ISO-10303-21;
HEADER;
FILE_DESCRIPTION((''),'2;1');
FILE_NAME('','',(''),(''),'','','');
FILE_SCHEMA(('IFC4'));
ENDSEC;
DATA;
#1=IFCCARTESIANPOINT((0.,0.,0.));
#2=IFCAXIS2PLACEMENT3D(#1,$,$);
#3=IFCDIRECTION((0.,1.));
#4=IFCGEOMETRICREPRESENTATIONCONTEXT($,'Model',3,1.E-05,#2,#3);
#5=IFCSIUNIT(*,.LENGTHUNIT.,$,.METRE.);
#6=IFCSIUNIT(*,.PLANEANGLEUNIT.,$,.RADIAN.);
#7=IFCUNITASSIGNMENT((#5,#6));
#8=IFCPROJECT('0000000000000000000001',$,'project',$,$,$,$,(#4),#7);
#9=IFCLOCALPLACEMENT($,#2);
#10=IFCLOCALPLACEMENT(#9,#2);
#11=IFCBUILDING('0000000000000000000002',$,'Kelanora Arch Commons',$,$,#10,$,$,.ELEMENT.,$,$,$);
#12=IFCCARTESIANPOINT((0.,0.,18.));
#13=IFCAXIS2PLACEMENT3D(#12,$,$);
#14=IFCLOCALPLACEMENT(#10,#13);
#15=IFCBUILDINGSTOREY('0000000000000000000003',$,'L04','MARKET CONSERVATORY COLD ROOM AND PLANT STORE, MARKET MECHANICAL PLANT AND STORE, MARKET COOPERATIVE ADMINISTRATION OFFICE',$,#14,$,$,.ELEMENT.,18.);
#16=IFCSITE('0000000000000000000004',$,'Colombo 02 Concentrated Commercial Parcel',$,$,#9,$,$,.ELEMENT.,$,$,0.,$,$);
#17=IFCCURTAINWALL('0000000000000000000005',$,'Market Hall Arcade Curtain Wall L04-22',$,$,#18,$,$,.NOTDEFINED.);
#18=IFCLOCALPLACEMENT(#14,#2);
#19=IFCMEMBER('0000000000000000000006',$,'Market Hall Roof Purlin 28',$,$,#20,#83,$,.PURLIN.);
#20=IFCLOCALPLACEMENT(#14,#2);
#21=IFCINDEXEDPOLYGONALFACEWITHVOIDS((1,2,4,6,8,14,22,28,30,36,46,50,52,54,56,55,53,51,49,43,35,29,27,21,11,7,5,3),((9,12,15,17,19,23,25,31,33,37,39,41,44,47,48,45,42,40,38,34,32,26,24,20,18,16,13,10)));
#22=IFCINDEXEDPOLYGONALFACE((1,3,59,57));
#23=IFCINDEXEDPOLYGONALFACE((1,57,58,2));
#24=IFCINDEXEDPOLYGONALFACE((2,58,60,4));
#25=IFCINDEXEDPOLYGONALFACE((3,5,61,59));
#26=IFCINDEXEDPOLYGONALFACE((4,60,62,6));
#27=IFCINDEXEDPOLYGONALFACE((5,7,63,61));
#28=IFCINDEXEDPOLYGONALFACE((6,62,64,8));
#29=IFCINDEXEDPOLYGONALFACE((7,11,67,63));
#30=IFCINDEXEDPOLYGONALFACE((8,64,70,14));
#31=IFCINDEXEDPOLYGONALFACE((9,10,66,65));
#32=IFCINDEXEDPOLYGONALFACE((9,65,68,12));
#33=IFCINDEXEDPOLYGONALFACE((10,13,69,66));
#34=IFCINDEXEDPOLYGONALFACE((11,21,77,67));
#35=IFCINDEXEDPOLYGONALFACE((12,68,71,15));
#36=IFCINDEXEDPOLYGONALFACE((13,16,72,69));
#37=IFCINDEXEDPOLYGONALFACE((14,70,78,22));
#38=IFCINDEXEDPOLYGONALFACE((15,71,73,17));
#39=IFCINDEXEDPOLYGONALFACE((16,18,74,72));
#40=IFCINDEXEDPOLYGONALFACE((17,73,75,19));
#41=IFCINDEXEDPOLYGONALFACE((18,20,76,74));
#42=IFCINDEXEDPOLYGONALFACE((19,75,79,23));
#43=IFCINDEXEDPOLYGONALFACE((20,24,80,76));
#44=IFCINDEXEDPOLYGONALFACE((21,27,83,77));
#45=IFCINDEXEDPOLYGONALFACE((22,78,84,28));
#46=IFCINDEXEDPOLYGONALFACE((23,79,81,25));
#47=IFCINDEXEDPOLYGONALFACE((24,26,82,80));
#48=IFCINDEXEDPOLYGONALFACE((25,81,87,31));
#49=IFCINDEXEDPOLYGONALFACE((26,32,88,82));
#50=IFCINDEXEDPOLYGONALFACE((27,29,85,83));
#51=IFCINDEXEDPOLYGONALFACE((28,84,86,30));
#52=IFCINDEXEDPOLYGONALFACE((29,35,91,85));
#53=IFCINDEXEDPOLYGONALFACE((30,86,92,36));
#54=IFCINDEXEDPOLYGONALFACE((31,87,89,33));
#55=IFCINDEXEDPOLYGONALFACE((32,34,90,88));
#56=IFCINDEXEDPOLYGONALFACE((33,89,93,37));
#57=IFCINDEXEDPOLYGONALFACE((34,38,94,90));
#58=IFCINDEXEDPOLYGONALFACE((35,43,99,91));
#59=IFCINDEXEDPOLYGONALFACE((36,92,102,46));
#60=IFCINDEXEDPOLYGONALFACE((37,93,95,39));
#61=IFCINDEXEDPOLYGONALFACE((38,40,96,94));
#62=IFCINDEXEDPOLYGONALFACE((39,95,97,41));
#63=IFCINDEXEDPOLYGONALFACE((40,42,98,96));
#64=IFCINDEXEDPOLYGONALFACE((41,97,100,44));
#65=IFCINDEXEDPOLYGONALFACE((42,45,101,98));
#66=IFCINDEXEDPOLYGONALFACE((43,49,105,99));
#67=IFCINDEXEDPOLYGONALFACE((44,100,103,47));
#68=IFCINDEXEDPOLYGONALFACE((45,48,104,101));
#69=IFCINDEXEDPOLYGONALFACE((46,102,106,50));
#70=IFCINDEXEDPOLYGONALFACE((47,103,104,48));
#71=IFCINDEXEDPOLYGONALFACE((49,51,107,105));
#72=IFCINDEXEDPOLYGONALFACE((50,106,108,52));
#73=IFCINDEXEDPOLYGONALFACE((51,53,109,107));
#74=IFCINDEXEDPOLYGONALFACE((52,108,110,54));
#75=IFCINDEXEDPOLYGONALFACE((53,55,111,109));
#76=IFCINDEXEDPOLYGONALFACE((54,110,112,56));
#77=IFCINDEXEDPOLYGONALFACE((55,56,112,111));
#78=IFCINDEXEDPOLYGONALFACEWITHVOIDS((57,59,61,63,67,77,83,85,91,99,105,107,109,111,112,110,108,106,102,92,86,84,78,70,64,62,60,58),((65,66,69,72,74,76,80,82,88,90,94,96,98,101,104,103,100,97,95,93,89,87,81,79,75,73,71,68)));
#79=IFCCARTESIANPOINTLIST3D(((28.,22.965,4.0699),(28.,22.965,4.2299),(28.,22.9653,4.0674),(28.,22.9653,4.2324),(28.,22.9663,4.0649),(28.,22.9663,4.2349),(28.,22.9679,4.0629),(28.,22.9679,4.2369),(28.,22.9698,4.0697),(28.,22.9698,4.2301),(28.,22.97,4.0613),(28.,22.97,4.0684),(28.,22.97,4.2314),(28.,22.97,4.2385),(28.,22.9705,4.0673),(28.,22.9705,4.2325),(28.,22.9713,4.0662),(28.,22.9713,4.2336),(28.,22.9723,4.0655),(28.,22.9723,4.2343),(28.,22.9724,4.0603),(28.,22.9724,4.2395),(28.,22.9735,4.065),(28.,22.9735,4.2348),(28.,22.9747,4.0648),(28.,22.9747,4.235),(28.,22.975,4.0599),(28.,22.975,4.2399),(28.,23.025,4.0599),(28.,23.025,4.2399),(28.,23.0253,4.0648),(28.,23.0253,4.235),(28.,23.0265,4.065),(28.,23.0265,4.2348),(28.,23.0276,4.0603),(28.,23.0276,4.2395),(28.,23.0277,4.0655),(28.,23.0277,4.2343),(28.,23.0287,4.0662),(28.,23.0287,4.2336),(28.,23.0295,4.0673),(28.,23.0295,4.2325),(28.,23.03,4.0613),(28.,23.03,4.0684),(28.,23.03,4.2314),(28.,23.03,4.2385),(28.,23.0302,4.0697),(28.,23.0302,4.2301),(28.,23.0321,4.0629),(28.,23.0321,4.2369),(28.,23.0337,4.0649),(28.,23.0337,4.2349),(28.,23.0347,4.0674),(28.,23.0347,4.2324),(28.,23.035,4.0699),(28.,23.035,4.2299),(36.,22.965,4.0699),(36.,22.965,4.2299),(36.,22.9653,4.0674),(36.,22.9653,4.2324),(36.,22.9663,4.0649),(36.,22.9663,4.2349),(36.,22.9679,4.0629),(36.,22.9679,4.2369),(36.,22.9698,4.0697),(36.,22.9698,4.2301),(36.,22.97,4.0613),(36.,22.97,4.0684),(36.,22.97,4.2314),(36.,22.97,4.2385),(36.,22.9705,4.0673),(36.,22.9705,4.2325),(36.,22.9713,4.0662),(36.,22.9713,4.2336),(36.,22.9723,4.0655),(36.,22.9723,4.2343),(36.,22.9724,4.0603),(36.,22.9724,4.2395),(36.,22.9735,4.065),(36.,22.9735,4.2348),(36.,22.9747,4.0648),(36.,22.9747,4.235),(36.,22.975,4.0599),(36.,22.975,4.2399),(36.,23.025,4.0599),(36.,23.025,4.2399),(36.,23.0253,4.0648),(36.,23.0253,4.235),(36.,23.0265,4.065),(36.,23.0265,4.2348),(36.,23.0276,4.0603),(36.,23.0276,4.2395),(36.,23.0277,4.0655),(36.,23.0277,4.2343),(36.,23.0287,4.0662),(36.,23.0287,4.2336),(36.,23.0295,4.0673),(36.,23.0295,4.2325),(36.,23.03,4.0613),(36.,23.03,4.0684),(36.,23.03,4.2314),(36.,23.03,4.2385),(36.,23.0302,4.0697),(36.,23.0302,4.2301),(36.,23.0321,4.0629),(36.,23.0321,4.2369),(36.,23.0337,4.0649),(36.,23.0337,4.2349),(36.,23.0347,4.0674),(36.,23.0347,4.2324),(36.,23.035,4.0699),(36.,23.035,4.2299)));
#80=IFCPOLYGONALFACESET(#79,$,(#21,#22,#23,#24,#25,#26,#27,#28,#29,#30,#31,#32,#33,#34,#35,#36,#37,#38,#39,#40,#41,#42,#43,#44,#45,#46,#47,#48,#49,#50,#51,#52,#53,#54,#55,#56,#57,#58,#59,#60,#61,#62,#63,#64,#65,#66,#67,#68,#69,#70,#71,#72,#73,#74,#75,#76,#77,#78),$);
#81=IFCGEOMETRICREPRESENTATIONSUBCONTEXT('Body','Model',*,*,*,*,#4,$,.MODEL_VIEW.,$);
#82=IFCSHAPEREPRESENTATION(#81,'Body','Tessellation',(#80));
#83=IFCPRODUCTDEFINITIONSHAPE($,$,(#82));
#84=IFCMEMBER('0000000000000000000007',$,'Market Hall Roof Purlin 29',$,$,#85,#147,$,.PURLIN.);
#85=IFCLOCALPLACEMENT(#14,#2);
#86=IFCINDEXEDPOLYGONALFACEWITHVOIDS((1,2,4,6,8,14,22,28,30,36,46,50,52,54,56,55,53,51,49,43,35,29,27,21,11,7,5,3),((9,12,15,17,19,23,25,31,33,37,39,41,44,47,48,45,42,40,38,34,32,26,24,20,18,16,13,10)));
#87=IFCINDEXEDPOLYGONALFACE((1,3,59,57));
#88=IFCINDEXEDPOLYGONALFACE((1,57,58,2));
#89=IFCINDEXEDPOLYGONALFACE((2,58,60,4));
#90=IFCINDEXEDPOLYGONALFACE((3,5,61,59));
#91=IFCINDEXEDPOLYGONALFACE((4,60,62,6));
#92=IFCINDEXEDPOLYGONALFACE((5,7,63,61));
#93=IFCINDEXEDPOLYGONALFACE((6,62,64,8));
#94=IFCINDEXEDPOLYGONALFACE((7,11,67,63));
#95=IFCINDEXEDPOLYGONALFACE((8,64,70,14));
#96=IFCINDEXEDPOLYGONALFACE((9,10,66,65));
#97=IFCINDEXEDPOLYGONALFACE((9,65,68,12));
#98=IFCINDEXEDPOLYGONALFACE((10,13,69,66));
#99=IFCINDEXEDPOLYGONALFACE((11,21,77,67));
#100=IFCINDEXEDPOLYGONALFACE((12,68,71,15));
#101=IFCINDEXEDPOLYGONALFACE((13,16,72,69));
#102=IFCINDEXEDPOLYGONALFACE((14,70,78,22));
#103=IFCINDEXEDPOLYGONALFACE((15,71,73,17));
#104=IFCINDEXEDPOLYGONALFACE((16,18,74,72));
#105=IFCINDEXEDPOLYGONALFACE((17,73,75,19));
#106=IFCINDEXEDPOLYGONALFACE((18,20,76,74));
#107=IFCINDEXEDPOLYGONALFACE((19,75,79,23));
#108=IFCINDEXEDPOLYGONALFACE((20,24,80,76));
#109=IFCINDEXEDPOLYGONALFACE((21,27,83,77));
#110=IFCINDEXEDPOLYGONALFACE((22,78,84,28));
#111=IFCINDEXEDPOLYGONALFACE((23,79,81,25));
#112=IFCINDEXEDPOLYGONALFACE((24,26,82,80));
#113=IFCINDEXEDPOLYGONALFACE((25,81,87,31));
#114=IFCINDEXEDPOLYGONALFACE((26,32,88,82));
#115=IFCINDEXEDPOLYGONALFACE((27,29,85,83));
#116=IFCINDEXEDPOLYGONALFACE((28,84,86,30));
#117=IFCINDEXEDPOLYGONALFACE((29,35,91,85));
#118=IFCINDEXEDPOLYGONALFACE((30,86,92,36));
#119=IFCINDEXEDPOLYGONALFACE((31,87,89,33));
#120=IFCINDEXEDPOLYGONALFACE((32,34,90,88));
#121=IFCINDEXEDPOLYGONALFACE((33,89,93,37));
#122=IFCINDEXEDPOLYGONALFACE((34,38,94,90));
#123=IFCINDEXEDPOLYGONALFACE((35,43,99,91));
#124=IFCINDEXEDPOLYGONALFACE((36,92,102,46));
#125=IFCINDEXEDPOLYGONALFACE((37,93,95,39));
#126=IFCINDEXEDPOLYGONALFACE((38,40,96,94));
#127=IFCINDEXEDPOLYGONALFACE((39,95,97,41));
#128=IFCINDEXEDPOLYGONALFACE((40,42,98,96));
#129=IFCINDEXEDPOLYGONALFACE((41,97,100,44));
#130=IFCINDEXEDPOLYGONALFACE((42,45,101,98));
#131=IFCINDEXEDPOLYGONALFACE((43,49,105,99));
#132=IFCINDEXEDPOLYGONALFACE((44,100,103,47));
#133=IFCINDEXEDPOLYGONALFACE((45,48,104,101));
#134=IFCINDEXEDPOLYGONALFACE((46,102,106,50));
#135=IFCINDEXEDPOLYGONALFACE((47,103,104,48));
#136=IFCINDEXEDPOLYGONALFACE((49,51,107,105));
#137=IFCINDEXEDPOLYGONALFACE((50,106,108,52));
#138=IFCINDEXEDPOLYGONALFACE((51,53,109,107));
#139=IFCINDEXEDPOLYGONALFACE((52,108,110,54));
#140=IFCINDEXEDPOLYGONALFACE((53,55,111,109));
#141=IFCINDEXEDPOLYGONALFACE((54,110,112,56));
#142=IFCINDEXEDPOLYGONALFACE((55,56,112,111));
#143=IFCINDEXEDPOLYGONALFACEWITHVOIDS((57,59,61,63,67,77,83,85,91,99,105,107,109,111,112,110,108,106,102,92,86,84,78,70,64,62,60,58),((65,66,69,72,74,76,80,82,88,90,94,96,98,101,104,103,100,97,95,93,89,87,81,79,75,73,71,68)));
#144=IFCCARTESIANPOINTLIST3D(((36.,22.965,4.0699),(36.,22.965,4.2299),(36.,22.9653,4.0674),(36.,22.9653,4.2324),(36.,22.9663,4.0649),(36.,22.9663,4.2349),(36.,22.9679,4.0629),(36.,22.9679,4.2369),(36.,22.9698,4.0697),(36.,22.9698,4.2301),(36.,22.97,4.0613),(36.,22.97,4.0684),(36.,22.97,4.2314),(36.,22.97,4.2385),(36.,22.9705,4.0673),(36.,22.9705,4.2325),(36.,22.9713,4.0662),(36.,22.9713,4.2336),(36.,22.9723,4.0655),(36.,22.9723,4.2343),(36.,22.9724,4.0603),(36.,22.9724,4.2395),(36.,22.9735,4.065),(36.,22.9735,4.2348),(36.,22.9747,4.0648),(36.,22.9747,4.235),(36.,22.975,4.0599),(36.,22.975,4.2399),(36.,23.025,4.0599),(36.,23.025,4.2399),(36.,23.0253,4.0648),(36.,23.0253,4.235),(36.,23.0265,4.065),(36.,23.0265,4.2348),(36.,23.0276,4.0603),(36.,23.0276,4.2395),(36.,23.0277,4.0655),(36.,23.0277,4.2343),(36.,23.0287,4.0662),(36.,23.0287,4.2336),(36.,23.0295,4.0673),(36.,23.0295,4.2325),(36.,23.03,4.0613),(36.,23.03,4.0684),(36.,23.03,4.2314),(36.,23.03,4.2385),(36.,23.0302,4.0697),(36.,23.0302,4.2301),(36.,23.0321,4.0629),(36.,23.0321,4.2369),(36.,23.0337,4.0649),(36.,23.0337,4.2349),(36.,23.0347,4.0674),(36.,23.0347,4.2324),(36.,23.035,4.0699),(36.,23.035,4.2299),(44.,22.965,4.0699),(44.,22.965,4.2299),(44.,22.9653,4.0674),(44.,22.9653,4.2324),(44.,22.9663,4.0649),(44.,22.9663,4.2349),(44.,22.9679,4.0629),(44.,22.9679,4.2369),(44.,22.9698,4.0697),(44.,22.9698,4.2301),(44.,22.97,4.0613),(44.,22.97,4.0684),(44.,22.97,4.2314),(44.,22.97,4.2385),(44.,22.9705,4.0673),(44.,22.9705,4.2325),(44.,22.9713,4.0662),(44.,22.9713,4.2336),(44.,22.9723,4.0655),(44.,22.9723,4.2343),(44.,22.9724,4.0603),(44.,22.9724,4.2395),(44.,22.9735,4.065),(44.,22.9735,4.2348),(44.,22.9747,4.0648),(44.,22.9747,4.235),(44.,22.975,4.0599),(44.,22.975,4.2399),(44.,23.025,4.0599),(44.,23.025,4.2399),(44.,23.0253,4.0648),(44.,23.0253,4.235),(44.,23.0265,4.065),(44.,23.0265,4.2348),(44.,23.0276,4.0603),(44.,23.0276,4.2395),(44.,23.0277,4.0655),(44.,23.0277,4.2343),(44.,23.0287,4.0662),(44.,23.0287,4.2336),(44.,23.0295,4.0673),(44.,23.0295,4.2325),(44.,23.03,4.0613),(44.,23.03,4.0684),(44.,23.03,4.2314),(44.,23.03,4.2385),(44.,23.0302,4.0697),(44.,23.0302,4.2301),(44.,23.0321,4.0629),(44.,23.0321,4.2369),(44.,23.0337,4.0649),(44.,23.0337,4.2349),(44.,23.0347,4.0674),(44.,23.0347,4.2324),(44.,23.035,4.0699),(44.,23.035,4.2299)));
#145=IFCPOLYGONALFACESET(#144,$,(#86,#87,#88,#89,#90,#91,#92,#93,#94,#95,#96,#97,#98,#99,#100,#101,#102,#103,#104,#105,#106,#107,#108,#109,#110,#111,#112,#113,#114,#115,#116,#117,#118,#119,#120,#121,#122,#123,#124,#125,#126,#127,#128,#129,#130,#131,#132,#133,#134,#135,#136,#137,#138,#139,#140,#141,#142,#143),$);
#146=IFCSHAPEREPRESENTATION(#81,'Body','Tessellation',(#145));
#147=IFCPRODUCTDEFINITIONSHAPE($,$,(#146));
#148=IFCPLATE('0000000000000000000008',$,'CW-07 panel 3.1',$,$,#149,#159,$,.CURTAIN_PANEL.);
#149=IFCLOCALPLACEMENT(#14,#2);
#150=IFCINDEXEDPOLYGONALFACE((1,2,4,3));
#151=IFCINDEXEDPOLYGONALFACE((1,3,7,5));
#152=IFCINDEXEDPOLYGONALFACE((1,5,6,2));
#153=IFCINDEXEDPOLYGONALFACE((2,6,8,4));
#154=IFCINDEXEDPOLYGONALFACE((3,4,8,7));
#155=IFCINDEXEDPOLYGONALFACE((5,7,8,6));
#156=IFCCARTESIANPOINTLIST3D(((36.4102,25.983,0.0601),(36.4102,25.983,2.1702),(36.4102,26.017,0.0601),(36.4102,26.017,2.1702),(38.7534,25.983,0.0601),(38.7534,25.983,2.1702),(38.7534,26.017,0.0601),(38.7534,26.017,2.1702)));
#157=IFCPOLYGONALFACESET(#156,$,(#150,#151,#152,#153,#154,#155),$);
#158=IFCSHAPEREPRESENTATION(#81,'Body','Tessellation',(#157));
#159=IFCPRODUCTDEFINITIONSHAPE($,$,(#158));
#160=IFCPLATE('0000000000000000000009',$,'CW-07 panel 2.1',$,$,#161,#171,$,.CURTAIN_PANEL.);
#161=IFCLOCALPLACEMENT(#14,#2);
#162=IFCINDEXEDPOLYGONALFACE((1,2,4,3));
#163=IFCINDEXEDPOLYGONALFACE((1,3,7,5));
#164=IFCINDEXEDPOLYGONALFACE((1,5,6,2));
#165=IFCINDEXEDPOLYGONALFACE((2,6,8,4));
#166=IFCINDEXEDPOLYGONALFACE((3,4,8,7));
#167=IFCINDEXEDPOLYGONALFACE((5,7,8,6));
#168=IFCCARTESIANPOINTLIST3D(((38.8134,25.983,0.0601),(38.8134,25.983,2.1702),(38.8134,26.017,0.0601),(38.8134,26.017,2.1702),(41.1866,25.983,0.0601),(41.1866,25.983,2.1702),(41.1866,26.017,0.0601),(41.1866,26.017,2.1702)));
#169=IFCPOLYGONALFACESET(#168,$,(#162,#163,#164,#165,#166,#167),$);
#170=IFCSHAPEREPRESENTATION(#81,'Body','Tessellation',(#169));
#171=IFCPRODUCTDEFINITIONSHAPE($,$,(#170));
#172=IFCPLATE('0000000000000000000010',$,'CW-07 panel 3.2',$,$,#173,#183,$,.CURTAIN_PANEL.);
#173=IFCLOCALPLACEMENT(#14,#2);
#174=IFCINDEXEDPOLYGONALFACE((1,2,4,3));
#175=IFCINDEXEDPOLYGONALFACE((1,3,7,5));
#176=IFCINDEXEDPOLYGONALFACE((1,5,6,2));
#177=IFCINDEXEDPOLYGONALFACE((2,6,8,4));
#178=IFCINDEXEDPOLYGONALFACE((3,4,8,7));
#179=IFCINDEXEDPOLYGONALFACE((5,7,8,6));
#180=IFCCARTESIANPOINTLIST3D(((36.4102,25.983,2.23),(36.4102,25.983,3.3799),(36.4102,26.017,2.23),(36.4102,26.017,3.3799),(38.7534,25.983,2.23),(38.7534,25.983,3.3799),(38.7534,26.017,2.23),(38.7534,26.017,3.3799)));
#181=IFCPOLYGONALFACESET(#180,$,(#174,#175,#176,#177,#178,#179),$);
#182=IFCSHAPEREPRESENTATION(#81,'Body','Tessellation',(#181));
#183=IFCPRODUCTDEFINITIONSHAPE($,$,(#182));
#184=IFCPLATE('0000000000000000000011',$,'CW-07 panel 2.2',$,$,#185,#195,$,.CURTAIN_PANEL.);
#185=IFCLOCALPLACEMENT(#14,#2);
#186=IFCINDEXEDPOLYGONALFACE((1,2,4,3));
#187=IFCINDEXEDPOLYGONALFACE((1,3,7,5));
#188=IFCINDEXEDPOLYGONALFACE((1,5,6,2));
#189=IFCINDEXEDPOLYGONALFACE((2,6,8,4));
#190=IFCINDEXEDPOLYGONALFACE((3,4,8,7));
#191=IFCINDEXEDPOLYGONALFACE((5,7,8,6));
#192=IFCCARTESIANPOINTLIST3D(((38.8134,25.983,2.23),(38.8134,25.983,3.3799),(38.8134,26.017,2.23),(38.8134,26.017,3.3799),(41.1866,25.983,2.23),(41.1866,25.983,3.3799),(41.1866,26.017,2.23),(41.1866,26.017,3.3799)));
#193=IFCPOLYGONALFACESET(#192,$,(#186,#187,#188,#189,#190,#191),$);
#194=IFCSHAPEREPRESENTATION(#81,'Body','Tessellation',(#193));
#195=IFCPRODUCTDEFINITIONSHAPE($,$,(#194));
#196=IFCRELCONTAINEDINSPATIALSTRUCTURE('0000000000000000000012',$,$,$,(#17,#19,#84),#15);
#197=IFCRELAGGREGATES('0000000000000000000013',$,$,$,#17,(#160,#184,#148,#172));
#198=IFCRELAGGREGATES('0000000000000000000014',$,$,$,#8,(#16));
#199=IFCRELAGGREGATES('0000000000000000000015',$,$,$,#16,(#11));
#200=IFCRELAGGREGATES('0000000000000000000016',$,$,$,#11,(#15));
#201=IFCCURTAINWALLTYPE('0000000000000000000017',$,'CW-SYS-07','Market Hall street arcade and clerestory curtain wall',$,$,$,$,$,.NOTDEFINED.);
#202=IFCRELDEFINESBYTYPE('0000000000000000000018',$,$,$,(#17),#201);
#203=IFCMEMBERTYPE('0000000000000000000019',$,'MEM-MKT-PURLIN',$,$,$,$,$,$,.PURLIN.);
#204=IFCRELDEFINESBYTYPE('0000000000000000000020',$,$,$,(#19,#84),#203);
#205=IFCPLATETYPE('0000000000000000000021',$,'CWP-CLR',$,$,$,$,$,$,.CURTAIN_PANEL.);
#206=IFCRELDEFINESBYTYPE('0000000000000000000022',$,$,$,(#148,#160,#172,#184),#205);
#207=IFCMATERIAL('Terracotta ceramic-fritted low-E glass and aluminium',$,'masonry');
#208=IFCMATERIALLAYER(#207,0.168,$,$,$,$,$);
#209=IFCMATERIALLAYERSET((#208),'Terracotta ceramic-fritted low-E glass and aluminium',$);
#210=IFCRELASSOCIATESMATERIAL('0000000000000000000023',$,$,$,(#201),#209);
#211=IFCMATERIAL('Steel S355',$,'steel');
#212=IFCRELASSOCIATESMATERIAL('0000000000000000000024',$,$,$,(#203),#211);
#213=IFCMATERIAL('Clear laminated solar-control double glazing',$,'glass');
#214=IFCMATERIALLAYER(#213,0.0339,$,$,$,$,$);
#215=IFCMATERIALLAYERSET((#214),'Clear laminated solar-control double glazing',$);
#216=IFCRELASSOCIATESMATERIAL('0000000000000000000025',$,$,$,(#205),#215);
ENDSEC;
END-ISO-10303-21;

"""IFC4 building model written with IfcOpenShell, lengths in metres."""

from ifc_helpers import new_model, si_unit, direction, frame, origin, origin_2d, place, context, subcontext, project, spatial, rectangle, hollow_rectangle, extrude, source, transform, mapped, material, layer, layer_set, material_profile, profile_set, type_object, element, aggregate, save


model = new_model("IFC4")

# Units and contexts
model_context = context("Model", 3, precision=1e-05, world=origin(), true_north=direction((0.0, 1.0)))
body_context = subcontext(model_context, "Body", "Model", "MODEL_VIEW")
ifc_project = project(units=[si_unit("LENGTHUNIT", "METRE"), si_unit("PLANEANGLEUNIT", "RADIAN")], contexts=[model_context])

# Site, building, storey
site_placement = place(None, origin())
site = spatial("IfcSite", under=ifc_project, at=site_placement, Name="Colombo 02 Concentrated Commercial Parcel", CompositionType="ELEMENT", RefElevation=0.0)
building_placement = place(site_placement, origin())
building = spatial("IfcBuilding", under=site, at=building_placement, Name="Kelanora Arch Commons", CompositionType="ELEMENT")
storey_placement = place(building_placement, frame((0.0, 0.0, 18.0)))
storey = spatial("IfcBuildingStorey", under=building, at=storey_placement, Name="L04", Description="MARKET CONSERVATORY COLD ROOM AND PLANT STORE, MARKET MECHANICAL PLANT AND STORE, MARKET COOPERATIVE ADMINISTRATION OFFICE", CompositionType="ELEMENT", Elevation=18.0)

# Shared definitions
ifc_material_1 = material(Name="Steel S355", Category="steel")

# Curtain wall
ifc_material_2 = material(Name="Terracotta ceramic-fritted low-E glass and aluminium", Category="masonry")
ifc_layer_1 = layer(ifc_material_2, 0.168)
ifc_layer_set_1 = layer_set([ifc_layer_1], Name="Terracotta ceramic-fritted low-E glass and aluminium")
curtain_wall_type = type_object("IfcCurtainWallType", Name="CW-SYS-07", Description="Market Hall street arcade and clerestory curtain wall", PredefinedType="NOTDEFINED", material=ifc_layer_set_1)
curtain_wall_placement = place(storey_placement, origin())
curtain_wall = element("IfcCurtainWall", 1, at=curtain_wall_placement, inside=storey, type_object=curtain_wall_type, Name="Market Hall Arcade Curtain Wall L04-22", PredefinedType="NOTDEFINED")

# Members
ifc_material_profile_1 = material_profile(ifc_material_1, hollow_rectangle(XDim=0.0701, YDim=0.1799, WallThickness=0.0049, InnerFilletRadius=0.0049, OuterFilletRadius=0.01, at=origin_2d()), Name="RHS180x70x5")
ifc_profile_set_1 = profile_set([ifc_material_profile_1], Name="Steel S355")
member_type_1 = type_object("IfcMemberType", Name="MEM-MKT-PURLIN", PredefinedType="PURLIN", material=ifc_profile_set_1)
for number, where, z_axis, x_axis, name in (
    (2, (28.0, 23.0, 4.1499), (1.0, 0.0, 0.0), (0.0, 1.0, 0.0), "Market Hall Roof Purlin 28"),
    (3, (36.0, 23.0, 4.1499), (1.0, 0.0, 0.0), (0.0, 1.0, 0.0), "Market Hall Roof Purlin 29"),
):
    element("IfcMember", number, at=place(storey_placement, frame(where, z_axis=z_axis, x_axis=x_axis)), inside=storey, type_object=member_type_1, Name=name, PredefinedType="PURLIN", context=body_context, shape_type="SweptSolid", body=[
        extrude(hollow_rectangle(XDim=0.0701, YDim=0.1799, WallThickness=0.0049, InnerFilletRadius=0.0049, OuterFilletRadius=0.01, at=origin_2d()), origin(), (0.0, 0.0, 1.0), 8.0),
    ])

# Plates
ifc_material_3 = material(Name="Clear laminated solar-control double glazing", Category="glass")
ifc_layer_2 = layer(ifc_material_3, 0.0339)
ifc_layer_set_2 = layer_set([ifc_layer_2], Name="Clear laminated solar-control double glazing")
plate_type = type_object("IfcPlateType", Name="CWP-CLR", PredefinedType="CURTAIN_PANEL", material=ifc_layer_set_2)
shared_shape_1 = source(origin(), body_context, "Body", "SweptSolid", [
    extrude(rectangle(XDim=2.3433, YDim=0.0339, at=origin_2d()), origin(), (0.0, 0.0, 1.0), 2.1101),
])
plate_1_placement = place(storey_placement, frame((37.5818, 26.0, 0.0601), z_axis=(0.0, 0.0, 1.0), x_axis=(-1.0, 0.0, 0.0)))
plate_1 = element("IfcPlate", 4, at=plate_1_placement, type_object=plate_type, Name="CW-07 panel 3.1", PredefinedType="CURTAIN_PANEL", context=body_context, shape_type="MappedRepresentation", body=[
    mapped(shared_shape_1, transform((0.0, 0.0, 0.0), scale=1.0)),
])
shared_shape_2 = source(origin(), body_context, "Body", "SweptSolid", [
    extrude(rectangle(XDim=2.3733, YDim=0.0339, at=origin_2d()), origin(), (0.0, 0.0, 1.0), 2.1101),
])
plate_2_placement = place(storey_placement, frame((40.0, 26.0, 0.0601), z_axis=(0.0, 0.0, 1.0), x_axis=(-1.0, 0.0, 0.0)))
plate_2 = element("IfcPlate", 5, at=plate_2_placement, type_object=plate_type, Name="CW-07 panel 2.1", PredefinedType="CURTAIN_PANEL", context=body_context, shape_type="MappedRepresentation", body=[
    mapped(shared_shape_2, transform((0.0, 0.0, 0.0), scale=1.0)),
])
shared_shape_3 = source(origin(), body_context, "Body", "SweptSolid", [
    extrude(rectangle(XDim=2.3433, YDim=0.0339, at=origin_2d()), origin(), (0.0, 0.0, 1.0), 1.1499),
])
plate_3_placement = place(storey_placement, frame((37.5818, 26.0, 2.23), z_axis=(0.0, 0.0, 1.0), x_axis=(-1.0, 0.0, 0.0)))
plate_3 = element("IfcPlate", 6, at=plate_3_placement, type_object=plate_type, Name="CW-07 panel 3.2", PredefinedType="CURTAIN_PANEL", context=body_context, shape_type="MappedRepresentation", body=[
    mapped(shared_shape_3, transform((0.0, 0.0, 0.0), scale=1.0)),
])
shared_shape_4 = source(origin(), body_context, "Body", "SweptSolid", [
    extrude(rectangle(XDim=2.3733, YDim=0.0339, at=origin_2d()), origin(), (0.0, 0.0, 1.0), 1.1499),
])
plate_4_placement = place(storey_placement, frame((40.0, 26.0, 2.23), z_axis=(0.0, 0.0, 1.0), x_axis=(-1.0, 0.0, 0.0)))
plate_4 = element("IfcPlate", 7, at=plate_4_placement, type_object=plate_type, Name="CW-07 panel 2.2", PredefinedType="CURTAIN_PANEL", context=body_context, shape_type="MappedRepresentation", body=[
    mapped(shared_shape_4, transform((0.0, 0.0, 0.0), scale=1.0)),
])
aggregate(curtain_wall, [plate_2, plate_4, plate_1, plate_3])

save(model, "model.ifc")
